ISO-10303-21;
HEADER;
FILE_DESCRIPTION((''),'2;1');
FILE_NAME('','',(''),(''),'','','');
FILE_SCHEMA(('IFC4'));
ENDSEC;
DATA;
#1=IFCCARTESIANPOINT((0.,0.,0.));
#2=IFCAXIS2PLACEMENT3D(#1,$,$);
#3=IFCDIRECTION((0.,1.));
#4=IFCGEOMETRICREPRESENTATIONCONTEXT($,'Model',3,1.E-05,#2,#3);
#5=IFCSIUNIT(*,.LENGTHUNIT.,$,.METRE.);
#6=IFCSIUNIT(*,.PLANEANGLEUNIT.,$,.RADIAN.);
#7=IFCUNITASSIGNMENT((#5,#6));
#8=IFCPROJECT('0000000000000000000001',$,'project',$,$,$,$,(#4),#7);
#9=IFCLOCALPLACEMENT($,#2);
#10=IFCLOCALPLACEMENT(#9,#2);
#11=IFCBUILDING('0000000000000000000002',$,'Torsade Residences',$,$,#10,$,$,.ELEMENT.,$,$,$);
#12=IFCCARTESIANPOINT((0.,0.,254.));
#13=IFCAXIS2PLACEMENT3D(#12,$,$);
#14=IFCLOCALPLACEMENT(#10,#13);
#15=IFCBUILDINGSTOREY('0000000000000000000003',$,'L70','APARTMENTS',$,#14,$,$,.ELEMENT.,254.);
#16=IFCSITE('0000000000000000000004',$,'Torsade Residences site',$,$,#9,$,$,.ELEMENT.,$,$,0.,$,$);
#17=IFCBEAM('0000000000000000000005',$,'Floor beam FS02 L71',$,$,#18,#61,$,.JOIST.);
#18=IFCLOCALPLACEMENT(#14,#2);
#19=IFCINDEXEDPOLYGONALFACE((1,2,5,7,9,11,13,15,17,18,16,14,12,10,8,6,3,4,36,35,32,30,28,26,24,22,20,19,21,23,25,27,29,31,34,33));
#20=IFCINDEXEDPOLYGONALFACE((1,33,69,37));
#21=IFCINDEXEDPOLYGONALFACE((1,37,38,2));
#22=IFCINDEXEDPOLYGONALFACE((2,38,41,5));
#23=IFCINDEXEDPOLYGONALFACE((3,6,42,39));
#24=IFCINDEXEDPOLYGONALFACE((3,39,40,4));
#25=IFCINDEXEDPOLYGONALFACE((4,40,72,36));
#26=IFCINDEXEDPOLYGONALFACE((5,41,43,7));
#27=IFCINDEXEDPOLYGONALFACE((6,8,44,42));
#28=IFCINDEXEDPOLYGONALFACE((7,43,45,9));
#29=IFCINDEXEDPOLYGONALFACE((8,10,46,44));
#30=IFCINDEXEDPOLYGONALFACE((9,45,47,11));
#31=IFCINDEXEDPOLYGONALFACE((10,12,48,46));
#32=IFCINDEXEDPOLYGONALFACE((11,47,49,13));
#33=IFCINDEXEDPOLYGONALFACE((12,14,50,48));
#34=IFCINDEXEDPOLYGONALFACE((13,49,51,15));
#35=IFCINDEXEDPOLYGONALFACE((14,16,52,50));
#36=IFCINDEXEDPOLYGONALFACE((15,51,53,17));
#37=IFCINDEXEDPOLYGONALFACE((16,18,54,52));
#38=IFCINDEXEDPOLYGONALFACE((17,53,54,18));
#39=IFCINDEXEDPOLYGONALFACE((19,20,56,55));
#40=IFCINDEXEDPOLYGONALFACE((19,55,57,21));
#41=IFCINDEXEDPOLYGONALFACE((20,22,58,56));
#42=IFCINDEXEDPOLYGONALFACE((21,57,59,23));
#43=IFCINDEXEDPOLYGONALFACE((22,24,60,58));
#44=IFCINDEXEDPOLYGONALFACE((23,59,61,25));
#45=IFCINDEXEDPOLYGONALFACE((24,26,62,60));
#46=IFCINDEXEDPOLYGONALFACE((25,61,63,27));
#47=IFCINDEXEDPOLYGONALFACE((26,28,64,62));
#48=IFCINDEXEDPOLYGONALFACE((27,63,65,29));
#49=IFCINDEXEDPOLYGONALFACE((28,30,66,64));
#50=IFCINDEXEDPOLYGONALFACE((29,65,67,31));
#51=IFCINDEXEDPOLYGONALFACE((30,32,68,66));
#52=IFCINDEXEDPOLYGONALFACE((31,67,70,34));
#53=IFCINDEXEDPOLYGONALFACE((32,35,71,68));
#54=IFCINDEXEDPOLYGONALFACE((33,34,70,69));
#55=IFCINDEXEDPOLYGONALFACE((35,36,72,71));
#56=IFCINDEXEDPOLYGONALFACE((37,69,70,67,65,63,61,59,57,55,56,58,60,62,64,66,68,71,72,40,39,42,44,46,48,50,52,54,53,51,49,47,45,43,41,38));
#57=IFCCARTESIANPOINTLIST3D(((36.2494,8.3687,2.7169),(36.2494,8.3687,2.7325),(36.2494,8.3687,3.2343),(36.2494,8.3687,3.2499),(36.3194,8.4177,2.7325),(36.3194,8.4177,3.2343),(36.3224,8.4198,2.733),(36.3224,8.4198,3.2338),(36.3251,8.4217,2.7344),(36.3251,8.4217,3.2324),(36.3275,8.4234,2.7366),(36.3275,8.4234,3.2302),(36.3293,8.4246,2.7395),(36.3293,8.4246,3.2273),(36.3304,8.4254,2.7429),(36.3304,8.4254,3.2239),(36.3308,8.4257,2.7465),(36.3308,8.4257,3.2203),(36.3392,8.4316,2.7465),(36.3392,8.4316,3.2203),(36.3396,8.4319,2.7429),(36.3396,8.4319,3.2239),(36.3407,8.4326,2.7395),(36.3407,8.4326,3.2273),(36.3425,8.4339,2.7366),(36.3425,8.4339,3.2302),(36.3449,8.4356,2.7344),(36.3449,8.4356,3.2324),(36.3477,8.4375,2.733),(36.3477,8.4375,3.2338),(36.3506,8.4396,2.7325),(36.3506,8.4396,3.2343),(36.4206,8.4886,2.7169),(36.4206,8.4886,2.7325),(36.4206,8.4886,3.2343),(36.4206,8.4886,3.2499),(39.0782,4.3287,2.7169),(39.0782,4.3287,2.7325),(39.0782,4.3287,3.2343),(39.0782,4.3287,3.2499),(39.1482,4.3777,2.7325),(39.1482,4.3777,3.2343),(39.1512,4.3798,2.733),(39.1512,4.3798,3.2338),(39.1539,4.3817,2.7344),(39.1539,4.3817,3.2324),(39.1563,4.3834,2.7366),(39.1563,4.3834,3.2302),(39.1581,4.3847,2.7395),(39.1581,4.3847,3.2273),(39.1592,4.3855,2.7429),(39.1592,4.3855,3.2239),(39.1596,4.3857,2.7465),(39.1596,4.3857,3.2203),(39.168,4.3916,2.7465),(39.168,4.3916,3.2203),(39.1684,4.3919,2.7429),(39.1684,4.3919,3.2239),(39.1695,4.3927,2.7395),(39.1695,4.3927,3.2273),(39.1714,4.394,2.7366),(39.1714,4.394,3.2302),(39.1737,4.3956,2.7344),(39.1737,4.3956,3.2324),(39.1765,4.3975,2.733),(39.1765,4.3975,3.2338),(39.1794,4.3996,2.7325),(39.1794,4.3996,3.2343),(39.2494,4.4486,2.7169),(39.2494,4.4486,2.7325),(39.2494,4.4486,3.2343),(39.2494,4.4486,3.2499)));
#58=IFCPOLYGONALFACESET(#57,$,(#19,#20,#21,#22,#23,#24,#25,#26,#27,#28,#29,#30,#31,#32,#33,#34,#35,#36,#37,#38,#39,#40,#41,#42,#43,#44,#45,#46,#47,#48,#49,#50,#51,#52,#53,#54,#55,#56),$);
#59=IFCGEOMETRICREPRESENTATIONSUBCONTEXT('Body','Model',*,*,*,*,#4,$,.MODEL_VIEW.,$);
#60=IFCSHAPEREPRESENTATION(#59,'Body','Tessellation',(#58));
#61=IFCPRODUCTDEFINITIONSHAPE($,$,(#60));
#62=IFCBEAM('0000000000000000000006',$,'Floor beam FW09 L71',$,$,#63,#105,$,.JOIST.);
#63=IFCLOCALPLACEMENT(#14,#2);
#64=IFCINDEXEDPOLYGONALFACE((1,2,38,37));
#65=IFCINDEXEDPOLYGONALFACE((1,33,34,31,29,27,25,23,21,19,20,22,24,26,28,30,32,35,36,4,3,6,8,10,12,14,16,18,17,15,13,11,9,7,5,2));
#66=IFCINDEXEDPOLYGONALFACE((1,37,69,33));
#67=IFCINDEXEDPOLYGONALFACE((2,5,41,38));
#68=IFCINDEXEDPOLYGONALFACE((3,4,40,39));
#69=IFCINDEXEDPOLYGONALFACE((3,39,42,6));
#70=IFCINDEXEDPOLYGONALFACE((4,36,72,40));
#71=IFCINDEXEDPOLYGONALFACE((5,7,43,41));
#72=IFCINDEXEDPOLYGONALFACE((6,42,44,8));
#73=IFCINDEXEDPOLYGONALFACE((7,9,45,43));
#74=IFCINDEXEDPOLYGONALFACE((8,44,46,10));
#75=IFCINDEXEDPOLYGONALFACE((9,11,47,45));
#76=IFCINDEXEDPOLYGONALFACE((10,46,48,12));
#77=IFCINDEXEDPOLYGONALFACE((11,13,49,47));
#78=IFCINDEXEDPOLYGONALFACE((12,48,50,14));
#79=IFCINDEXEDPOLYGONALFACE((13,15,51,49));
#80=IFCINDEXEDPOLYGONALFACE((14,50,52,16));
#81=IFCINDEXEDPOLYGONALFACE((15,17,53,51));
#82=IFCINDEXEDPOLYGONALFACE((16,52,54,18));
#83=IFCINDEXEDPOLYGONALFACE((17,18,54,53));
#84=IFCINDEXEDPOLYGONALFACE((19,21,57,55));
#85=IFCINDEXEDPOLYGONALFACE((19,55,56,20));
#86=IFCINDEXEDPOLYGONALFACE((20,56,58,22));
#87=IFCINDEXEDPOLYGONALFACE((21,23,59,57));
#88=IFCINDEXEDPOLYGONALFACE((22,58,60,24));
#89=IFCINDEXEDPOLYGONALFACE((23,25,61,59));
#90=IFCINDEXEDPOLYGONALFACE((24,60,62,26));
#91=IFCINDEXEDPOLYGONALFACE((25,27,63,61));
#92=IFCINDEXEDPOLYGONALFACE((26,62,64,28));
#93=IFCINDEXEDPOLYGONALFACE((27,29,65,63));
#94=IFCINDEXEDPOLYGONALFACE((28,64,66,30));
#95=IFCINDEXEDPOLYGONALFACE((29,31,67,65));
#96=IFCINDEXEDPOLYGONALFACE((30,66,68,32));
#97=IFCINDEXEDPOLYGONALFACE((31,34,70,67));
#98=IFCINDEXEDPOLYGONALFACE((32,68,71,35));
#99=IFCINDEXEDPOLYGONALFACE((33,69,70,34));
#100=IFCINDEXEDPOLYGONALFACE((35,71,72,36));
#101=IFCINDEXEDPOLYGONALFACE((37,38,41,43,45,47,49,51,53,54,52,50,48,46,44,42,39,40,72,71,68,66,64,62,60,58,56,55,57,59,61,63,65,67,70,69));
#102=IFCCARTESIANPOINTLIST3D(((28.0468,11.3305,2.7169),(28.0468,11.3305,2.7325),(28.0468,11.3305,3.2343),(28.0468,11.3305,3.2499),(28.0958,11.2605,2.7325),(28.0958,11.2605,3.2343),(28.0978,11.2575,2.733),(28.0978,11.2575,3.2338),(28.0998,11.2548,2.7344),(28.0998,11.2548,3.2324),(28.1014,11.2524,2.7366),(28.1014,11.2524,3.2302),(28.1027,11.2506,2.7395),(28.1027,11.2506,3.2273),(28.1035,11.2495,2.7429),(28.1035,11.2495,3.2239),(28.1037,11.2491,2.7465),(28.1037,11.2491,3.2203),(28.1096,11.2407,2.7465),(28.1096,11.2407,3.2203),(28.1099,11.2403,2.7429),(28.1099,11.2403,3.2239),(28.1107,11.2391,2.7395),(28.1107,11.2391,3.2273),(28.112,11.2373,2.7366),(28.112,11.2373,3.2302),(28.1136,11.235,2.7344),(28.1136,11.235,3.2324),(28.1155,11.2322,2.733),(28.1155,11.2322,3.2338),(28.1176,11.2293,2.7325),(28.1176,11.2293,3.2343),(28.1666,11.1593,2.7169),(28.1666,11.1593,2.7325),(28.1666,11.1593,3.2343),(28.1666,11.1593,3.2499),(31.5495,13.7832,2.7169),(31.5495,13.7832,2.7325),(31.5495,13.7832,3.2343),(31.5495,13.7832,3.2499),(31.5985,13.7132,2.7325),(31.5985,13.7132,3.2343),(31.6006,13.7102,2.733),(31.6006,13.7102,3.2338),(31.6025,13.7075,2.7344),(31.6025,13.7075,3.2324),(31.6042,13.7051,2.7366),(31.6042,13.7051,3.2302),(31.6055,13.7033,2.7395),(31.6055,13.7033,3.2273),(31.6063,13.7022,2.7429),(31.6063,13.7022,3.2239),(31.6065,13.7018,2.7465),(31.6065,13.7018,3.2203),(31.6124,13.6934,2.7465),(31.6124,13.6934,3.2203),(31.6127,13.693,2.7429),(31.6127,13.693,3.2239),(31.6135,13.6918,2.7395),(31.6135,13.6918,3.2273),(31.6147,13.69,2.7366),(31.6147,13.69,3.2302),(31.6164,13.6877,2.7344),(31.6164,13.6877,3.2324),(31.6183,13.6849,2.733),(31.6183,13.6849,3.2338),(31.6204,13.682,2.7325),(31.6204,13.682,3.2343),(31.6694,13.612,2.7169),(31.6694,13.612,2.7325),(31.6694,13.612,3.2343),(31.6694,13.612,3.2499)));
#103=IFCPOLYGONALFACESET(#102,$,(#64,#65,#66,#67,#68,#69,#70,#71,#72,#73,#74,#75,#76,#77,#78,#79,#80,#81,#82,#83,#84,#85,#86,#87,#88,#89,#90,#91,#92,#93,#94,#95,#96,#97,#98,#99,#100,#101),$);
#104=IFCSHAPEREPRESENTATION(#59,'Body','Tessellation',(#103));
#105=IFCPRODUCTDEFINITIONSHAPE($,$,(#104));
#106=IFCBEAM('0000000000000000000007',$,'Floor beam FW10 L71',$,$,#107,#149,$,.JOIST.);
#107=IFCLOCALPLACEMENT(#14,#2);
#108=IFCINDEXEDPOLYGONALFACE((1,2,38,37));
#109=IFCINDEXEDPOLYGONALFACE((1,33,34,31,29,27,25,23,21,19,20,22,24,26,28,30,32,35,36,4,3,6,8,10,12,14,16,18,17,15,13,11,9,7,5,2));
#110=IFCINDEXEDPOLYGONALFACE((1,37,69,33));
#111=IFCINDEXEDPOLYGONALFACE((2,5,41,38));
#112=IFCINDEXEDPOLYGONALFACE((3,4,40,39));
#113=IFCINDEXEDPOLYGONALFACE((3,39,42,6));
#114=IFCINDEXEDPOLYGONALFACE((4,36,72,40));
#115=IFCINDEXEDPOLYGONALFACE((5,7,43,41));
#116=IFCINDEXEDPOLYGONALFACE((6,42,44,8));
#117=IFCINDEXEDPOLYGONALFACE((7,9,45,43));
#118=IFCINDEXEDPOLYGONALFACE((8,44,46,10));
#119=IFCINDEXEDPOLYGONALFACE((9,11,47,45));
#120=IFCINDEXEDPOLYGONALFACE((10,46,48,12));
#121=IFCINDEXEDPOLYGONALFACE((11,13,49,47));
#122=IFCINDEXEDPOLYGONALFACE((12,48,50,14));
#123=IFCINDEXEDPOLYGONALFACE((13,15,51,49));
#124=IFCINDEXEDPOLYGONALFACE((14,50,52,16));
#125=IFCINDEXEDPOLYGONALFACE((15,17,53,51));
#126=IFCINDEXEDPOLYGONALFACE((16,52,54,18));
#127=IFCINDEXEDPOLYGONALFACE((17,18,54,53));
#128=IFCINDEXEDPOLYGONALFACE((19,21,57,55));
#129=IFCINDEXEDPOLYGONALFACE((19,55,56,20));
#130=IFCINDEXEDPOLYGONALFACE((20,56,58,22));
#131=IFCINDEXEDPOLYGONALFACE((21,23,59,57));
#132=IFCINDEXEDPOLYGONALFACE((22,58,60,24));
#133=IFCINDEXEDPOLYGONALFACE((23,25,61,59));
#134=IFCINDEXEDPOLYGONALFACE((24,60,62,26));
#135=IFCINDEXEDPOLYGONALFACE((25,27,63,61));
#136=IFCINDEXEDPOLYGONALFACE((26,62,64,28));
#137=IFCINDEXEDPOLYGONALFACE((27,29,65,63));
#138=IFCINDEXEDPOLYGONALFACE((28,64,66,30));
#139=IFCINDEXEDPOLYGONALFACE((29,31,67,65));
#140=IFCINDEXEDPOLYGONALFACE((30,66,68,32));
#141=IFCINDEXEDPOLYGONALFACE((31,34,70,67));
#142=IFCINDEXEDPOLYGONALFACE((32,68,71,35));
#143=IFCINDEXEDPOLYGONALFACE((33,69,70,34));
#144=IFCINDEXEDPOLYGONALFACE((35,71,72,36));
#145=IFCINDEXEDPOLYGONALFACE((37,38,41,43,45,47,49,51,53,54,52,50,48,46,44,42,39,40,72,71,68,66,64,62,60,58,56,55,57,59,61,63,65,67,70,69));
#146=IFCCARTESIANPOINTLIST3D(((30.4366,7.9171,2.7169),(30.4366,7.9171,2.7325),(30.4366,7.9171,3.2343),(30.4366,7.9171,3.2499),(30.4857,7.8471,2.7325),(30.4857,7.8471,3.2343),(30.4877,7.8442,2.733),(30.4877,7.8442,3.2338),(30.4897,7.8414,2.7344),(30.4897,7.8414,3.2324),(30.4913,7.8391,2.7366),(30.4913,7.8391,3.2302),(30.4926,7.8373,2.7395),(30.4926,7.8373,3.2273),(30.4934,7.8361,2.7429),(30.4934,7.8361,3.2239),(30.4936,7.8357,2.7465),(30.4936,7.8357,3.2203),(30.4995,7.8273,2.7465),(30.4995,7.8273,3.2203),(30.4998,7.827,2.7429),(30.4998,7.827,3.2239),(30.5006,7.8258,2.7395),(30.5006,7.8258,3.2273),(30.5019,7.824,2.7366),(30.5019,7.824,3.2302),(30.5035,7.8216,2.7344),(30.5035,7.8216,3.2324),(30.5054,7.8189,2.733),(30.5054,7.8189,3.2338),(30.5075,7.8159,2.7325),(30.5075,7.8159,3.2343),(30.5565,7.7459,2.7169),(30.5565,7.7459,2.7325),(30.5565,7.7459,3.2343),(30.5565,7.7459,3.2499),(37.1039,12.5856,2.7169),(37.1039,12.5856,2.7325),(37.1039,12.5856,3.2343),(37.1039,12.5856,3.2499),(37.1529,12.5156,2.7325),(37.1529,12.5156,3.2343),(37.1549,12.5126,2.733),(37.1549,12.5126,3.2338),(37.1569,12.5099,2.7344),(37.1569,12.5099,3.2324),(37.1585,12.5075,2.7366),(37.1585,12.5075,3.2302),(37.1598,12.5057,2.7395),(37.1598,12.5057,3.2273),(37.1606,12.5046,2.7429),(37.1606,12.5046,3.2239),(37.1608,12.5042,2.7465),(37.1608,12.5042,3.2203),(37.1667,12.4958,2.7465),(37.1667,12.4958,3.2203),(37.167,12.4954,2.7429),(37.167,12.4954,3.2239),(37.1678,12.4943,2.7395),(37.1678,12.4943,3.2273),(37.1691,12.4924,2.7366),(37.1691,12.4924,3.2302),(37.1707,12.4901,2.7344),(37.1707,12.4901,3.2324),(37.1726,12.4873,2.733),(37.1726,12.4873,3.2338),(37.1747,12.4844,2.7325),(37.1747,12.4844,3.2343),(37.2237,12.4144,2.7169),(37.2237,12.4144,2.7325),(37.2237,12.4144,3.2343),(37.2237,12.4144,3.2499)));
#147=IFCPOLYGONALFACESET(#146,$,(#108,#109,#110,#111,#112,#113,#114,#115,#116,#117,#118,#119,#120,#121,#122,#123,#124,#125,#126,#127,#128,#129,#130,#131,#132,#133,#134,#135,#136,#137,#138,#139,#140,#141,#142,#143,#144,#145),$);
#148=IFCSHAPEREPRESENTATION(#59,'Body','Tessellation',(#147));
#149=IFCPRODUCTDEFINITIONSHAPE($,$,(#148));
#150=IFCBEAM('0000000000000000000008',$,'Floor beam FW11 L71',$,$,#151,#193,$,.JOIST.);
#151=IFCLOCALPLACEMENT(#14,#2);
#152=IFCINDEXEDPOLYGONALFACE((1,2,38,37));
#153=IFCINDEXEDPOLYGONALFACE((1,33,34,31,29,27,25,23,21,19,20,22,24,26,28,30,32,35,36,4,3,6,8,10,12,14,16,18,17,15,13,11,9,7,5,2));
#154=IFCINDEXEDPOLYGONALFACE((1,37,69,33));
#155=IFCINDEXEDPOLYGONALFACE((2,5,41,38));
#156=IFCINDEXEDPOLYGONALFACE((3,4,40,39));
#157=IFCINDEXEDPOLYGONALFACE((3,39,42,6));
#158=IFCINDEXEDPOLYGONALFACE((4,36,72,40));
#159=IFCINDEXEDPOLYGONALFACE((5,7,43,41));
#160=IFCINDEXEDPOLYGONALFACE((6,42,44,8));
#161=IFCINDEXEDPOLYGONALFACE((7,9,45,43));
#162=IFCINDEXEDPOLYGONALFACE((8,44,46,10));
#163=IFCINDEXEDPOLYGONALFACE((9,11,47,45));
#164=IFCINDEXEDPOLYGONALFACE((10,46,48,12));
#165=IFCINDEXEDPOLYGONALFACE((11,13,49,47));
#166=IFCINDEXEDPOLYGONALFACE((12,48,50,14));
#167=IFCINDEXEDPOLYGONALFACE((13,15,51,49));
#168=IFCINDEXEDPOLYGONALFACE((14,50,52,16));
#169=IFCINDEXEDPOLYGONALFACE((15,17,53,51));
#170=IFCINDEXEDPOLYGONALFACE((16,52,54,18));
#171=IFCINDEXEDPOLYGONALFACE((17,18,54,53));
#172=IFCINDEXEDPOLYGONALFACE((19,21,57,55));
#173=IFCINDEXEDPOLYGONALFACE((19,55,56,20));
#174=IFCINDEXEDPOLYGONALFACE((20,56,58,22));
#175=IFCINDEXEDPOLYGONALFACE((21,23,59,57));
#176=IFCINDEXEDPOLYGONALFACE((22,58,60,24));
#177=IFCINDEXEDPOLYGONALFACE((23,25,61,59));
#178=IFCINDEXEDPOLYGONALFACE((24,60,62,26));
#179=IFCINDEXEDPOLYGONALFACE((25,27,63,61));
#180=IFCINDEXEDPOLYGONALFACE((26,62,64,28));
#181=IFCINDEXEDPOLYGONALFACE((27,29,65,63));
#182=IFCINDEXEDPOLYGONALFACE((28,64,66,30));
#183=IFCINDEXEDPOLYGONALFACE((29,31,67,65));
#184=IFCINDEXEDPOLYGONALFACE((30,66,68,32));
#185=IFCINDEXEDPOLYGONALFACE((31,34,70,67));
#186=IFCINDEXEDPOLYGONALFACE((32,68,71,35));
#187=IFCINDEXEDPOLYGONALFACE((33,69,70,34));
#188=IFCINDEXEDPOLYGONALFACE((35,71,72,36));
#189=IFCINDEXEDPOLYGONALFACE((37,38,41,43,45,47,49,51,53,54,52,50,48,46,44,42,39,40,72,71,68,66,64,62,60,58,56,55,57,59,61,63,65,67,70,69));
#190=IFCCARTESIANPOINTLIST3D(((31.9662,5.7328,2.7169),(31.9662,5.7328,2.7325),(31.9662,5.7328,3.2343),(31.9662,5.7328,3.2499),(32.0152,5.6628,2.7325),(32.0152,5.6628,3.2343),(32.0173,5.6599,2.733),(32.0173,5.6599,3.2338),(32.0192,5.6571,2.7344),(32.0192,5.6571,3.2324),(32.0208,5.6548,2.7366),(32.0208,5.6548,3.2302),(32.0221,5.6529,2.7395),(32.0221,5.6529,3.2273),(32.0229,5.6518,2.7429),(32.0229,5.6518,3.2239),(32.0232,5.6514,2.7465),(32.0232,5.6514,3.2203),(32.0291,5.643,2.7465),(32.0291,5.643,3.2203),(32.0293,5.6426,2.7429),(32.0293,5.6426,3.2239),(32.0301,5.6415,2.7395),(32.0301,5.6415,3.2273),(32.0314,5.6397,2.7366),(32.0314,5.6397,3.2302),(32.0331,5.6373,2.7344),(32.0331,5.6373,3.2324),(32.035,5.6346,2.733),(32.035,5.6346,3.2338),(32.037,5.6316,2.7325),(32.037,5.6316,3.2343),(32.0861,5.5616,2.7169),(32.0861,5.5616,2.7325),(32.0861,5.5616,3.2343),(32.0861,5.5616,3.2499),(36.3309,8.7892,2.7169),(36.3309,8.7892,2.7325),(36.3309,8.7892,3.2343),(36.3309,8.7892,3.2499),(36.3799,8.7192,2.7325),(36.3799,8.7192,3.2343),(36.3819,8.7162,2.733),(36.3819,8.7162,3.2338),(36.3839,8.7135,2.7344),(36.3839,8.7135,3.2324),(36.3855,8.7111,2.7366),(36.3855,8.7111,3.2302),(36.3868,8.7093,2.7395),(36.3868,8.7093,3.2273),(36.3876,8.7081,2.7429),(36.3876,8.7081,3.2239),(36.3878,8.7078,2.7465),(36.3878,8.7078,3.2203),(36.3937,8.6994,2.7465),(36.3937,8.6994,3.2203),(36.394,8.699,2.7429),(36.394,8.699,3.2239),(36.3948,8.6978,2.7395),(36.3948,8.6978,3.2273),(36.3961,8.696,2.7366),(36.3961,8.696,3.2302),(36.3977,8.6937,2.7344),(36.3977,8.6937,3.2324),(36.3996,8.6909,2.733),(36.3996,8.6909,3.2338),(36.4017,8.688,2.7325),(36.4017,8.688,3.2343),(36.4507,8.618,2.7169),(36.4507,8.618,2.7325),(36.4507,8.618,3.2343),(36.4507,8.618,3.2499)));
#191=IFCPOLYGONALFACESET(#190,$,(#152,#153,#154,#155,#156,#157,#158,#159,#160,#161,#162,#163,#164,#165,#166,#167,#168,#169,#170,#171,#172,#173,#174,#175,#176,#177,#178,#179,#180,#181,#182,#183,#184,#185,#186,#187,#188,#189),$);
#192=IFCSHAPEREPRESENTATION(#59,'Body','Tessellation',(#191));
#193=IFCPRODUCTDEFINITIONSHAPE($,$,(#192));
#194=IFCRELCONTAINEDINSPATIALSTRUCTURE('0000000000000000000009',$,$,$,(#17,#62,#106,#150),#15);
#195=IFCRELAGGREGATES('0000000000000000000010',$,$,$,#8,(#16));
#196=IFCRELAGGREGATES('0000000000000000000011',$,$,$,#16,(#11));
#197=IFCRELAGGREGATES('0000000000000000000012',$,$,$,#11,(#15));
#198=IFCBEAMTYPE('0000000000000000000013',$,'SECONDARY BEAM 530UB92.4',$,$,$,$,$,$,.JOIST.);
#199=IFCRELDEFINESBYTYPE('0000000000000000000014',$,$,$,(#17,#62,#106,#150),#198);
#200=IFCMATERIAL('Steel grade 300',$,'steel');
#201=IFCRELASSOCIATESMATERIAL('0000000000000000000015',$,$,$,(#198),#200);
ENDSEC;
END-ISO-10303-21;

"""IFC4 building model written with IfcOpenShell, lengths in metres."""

from ifc_helpers import new_model, si_unit, direction, frame, origin, origin_2d, place, context, subcontext, project, spatial, i_section, extrude, material, material_profile, profile_set, type_object, element, save


model = new_model("IFC4")

# Units and contexts
model_context = context("Model", 3, precision=1e-05, world=origin(), true_north=direction((0.0, 1.0)))
body_context = subcontext(model_context, "Body", "Model", "MODEL_VIEW")
ifc_project = project(units=[si_unit("LENGTHUNIT", "METRE"), si_unit("PLANEANGLEUNIT", "RADIAN")], contexts=[model_context])

# Site, building, storey
site_placement = place(None, origin())
site = spatial("IfcSite", under=ifc_project, at=site_placement, Name="Torsade Residences site", CompositionType="ELEMENT", RefElevation=0.0)
building_placement = place(site_placement, origin())
building = spatial("IfcBuilding", under=site, at=building_placement, Name="Torsade Residences", CompositionType="ELEMENT")
storey_placement = place(building_placement, frame((0.0, 0.0, 254.0)))
storey = spatial("IfcBuildingStorey", under=building, at=storey_placement, Name="L70", Description="APARTMENTS", CompositionType="ELEMENT", Elevation=254.0)

# Beams
ifc_material_1 = material(Name="Steel grade 300", Category="steel")
ifc_material_profile_1 = material_profile(ifc_material_1, i_section(OverallWidth=0.209, OverallDepth=0.533, WebThickness=0.0103, FlangeThickness=0.0156, FilletRadius=0.0139, at=origin_2d()), Name="530UB92.4")
ifc_profile_set_1 = profile_set([ifc_material_profile_1], Name="Steel grade 300")
beam_type_1 = type_object("IfcBeamType", Name="SECONDARY BEAM 530UB92.4", PredefinedType="JOIST", material=ifc_profile_set_1)
beam_1_placement = place(storey_placement, frame((39.1638, 4.3887, 2.9834), z_axis=(-0.573575, 0.819153, 0.0), x_axis=(-0.819153, -0.573575, 0.0)))
element("IfcBeam", 1, at=beam_1_placement, inside=storey, type_object=beam_type_1, Name="Floor beam FS02 L71", PredefinedType="JOIST", context=body_context, shape_type="SweptSolid", body=[
    extrude(i_section(OverallWidth=0.209, OverallDepth=0.533, WebThickness=0.0103, FlangeThickness=0.0156, FilletRadius=0.0139, at=origin_2d()), origin(), (0.0, 0.0, 1.0), 4.9319),
])
beam_2_placement = place(storey_placement, frame((28.1067, 11.2449, 2.9834), z_axis=(0.819149, 0.573581, 0.0), x_axis=(-0.573581, 0.819149, 0.0)))
element("IfcBeam", 2, at=beam_2_placement, inside=storey, type_object=beam_type_1, Name="Floor beam FW09 L71", PredefinedType="JOIST", context=body_context, shape_type="SweptSolid", body=[
    extrude(i_section(OverallWidth=0.209, OverallDepth=0.533, WebThickness=0.0103, FlangeThickness=0.0156, FilletRadius=0.0139, at=origin_2d()), origin(), (0.0, 0.0, 1.0), 4.2761),
])
beam_3_placement = place(storey_placement, frame((30.4966, 7.8315, 2.9834), z_axis=(0.819152, 0.573577, 0.0), x_axis=(-0.573577, 0.819152, 0.0)))
element("IfcBeam", 3, at=beam_3_placement, inside=storey, type_object=beam_type_1, Name="Floor beam FW10 L71", PredefinedType="JOIST", context=body_context, shape_type="SweptSolid", body=[
    extrude(i_section(OverallWidth=0.209, OverallDepth=0.533, WebThickness=0.0103, FlangeThickness=0.0156, FilletRadius=0.0139, at=origin_2d()), origin(), (0.0, 0.0, 1.0), 8.1392),
])
beam_4_placement = place(storey_placement, frame((32.0261, 5.6472, 2.9834), z_axis=(0.819137, 0.573598, 0.0), x_axis=(-0.573598, 0.819137, 0.0)))
element("IfcBeam", 4, at=beam_4_placement, inside=storey, type_object=beam_type_1, Name="Floor beam FW11 L71", PredefinedType="JOIST", context=body_context, shape_type="SweptSolid", body=[
    extrude(i_section(OverallWidth=0.209, OverallDepth=0.533, WebThickness=0.0103, FlangeThickness=0.0156, FilletRadius=0.0139, at=origin_2d()), origin(), (0.0, 0.0, 1.0), 5.3284),
])

save(model, "model.ifc")
